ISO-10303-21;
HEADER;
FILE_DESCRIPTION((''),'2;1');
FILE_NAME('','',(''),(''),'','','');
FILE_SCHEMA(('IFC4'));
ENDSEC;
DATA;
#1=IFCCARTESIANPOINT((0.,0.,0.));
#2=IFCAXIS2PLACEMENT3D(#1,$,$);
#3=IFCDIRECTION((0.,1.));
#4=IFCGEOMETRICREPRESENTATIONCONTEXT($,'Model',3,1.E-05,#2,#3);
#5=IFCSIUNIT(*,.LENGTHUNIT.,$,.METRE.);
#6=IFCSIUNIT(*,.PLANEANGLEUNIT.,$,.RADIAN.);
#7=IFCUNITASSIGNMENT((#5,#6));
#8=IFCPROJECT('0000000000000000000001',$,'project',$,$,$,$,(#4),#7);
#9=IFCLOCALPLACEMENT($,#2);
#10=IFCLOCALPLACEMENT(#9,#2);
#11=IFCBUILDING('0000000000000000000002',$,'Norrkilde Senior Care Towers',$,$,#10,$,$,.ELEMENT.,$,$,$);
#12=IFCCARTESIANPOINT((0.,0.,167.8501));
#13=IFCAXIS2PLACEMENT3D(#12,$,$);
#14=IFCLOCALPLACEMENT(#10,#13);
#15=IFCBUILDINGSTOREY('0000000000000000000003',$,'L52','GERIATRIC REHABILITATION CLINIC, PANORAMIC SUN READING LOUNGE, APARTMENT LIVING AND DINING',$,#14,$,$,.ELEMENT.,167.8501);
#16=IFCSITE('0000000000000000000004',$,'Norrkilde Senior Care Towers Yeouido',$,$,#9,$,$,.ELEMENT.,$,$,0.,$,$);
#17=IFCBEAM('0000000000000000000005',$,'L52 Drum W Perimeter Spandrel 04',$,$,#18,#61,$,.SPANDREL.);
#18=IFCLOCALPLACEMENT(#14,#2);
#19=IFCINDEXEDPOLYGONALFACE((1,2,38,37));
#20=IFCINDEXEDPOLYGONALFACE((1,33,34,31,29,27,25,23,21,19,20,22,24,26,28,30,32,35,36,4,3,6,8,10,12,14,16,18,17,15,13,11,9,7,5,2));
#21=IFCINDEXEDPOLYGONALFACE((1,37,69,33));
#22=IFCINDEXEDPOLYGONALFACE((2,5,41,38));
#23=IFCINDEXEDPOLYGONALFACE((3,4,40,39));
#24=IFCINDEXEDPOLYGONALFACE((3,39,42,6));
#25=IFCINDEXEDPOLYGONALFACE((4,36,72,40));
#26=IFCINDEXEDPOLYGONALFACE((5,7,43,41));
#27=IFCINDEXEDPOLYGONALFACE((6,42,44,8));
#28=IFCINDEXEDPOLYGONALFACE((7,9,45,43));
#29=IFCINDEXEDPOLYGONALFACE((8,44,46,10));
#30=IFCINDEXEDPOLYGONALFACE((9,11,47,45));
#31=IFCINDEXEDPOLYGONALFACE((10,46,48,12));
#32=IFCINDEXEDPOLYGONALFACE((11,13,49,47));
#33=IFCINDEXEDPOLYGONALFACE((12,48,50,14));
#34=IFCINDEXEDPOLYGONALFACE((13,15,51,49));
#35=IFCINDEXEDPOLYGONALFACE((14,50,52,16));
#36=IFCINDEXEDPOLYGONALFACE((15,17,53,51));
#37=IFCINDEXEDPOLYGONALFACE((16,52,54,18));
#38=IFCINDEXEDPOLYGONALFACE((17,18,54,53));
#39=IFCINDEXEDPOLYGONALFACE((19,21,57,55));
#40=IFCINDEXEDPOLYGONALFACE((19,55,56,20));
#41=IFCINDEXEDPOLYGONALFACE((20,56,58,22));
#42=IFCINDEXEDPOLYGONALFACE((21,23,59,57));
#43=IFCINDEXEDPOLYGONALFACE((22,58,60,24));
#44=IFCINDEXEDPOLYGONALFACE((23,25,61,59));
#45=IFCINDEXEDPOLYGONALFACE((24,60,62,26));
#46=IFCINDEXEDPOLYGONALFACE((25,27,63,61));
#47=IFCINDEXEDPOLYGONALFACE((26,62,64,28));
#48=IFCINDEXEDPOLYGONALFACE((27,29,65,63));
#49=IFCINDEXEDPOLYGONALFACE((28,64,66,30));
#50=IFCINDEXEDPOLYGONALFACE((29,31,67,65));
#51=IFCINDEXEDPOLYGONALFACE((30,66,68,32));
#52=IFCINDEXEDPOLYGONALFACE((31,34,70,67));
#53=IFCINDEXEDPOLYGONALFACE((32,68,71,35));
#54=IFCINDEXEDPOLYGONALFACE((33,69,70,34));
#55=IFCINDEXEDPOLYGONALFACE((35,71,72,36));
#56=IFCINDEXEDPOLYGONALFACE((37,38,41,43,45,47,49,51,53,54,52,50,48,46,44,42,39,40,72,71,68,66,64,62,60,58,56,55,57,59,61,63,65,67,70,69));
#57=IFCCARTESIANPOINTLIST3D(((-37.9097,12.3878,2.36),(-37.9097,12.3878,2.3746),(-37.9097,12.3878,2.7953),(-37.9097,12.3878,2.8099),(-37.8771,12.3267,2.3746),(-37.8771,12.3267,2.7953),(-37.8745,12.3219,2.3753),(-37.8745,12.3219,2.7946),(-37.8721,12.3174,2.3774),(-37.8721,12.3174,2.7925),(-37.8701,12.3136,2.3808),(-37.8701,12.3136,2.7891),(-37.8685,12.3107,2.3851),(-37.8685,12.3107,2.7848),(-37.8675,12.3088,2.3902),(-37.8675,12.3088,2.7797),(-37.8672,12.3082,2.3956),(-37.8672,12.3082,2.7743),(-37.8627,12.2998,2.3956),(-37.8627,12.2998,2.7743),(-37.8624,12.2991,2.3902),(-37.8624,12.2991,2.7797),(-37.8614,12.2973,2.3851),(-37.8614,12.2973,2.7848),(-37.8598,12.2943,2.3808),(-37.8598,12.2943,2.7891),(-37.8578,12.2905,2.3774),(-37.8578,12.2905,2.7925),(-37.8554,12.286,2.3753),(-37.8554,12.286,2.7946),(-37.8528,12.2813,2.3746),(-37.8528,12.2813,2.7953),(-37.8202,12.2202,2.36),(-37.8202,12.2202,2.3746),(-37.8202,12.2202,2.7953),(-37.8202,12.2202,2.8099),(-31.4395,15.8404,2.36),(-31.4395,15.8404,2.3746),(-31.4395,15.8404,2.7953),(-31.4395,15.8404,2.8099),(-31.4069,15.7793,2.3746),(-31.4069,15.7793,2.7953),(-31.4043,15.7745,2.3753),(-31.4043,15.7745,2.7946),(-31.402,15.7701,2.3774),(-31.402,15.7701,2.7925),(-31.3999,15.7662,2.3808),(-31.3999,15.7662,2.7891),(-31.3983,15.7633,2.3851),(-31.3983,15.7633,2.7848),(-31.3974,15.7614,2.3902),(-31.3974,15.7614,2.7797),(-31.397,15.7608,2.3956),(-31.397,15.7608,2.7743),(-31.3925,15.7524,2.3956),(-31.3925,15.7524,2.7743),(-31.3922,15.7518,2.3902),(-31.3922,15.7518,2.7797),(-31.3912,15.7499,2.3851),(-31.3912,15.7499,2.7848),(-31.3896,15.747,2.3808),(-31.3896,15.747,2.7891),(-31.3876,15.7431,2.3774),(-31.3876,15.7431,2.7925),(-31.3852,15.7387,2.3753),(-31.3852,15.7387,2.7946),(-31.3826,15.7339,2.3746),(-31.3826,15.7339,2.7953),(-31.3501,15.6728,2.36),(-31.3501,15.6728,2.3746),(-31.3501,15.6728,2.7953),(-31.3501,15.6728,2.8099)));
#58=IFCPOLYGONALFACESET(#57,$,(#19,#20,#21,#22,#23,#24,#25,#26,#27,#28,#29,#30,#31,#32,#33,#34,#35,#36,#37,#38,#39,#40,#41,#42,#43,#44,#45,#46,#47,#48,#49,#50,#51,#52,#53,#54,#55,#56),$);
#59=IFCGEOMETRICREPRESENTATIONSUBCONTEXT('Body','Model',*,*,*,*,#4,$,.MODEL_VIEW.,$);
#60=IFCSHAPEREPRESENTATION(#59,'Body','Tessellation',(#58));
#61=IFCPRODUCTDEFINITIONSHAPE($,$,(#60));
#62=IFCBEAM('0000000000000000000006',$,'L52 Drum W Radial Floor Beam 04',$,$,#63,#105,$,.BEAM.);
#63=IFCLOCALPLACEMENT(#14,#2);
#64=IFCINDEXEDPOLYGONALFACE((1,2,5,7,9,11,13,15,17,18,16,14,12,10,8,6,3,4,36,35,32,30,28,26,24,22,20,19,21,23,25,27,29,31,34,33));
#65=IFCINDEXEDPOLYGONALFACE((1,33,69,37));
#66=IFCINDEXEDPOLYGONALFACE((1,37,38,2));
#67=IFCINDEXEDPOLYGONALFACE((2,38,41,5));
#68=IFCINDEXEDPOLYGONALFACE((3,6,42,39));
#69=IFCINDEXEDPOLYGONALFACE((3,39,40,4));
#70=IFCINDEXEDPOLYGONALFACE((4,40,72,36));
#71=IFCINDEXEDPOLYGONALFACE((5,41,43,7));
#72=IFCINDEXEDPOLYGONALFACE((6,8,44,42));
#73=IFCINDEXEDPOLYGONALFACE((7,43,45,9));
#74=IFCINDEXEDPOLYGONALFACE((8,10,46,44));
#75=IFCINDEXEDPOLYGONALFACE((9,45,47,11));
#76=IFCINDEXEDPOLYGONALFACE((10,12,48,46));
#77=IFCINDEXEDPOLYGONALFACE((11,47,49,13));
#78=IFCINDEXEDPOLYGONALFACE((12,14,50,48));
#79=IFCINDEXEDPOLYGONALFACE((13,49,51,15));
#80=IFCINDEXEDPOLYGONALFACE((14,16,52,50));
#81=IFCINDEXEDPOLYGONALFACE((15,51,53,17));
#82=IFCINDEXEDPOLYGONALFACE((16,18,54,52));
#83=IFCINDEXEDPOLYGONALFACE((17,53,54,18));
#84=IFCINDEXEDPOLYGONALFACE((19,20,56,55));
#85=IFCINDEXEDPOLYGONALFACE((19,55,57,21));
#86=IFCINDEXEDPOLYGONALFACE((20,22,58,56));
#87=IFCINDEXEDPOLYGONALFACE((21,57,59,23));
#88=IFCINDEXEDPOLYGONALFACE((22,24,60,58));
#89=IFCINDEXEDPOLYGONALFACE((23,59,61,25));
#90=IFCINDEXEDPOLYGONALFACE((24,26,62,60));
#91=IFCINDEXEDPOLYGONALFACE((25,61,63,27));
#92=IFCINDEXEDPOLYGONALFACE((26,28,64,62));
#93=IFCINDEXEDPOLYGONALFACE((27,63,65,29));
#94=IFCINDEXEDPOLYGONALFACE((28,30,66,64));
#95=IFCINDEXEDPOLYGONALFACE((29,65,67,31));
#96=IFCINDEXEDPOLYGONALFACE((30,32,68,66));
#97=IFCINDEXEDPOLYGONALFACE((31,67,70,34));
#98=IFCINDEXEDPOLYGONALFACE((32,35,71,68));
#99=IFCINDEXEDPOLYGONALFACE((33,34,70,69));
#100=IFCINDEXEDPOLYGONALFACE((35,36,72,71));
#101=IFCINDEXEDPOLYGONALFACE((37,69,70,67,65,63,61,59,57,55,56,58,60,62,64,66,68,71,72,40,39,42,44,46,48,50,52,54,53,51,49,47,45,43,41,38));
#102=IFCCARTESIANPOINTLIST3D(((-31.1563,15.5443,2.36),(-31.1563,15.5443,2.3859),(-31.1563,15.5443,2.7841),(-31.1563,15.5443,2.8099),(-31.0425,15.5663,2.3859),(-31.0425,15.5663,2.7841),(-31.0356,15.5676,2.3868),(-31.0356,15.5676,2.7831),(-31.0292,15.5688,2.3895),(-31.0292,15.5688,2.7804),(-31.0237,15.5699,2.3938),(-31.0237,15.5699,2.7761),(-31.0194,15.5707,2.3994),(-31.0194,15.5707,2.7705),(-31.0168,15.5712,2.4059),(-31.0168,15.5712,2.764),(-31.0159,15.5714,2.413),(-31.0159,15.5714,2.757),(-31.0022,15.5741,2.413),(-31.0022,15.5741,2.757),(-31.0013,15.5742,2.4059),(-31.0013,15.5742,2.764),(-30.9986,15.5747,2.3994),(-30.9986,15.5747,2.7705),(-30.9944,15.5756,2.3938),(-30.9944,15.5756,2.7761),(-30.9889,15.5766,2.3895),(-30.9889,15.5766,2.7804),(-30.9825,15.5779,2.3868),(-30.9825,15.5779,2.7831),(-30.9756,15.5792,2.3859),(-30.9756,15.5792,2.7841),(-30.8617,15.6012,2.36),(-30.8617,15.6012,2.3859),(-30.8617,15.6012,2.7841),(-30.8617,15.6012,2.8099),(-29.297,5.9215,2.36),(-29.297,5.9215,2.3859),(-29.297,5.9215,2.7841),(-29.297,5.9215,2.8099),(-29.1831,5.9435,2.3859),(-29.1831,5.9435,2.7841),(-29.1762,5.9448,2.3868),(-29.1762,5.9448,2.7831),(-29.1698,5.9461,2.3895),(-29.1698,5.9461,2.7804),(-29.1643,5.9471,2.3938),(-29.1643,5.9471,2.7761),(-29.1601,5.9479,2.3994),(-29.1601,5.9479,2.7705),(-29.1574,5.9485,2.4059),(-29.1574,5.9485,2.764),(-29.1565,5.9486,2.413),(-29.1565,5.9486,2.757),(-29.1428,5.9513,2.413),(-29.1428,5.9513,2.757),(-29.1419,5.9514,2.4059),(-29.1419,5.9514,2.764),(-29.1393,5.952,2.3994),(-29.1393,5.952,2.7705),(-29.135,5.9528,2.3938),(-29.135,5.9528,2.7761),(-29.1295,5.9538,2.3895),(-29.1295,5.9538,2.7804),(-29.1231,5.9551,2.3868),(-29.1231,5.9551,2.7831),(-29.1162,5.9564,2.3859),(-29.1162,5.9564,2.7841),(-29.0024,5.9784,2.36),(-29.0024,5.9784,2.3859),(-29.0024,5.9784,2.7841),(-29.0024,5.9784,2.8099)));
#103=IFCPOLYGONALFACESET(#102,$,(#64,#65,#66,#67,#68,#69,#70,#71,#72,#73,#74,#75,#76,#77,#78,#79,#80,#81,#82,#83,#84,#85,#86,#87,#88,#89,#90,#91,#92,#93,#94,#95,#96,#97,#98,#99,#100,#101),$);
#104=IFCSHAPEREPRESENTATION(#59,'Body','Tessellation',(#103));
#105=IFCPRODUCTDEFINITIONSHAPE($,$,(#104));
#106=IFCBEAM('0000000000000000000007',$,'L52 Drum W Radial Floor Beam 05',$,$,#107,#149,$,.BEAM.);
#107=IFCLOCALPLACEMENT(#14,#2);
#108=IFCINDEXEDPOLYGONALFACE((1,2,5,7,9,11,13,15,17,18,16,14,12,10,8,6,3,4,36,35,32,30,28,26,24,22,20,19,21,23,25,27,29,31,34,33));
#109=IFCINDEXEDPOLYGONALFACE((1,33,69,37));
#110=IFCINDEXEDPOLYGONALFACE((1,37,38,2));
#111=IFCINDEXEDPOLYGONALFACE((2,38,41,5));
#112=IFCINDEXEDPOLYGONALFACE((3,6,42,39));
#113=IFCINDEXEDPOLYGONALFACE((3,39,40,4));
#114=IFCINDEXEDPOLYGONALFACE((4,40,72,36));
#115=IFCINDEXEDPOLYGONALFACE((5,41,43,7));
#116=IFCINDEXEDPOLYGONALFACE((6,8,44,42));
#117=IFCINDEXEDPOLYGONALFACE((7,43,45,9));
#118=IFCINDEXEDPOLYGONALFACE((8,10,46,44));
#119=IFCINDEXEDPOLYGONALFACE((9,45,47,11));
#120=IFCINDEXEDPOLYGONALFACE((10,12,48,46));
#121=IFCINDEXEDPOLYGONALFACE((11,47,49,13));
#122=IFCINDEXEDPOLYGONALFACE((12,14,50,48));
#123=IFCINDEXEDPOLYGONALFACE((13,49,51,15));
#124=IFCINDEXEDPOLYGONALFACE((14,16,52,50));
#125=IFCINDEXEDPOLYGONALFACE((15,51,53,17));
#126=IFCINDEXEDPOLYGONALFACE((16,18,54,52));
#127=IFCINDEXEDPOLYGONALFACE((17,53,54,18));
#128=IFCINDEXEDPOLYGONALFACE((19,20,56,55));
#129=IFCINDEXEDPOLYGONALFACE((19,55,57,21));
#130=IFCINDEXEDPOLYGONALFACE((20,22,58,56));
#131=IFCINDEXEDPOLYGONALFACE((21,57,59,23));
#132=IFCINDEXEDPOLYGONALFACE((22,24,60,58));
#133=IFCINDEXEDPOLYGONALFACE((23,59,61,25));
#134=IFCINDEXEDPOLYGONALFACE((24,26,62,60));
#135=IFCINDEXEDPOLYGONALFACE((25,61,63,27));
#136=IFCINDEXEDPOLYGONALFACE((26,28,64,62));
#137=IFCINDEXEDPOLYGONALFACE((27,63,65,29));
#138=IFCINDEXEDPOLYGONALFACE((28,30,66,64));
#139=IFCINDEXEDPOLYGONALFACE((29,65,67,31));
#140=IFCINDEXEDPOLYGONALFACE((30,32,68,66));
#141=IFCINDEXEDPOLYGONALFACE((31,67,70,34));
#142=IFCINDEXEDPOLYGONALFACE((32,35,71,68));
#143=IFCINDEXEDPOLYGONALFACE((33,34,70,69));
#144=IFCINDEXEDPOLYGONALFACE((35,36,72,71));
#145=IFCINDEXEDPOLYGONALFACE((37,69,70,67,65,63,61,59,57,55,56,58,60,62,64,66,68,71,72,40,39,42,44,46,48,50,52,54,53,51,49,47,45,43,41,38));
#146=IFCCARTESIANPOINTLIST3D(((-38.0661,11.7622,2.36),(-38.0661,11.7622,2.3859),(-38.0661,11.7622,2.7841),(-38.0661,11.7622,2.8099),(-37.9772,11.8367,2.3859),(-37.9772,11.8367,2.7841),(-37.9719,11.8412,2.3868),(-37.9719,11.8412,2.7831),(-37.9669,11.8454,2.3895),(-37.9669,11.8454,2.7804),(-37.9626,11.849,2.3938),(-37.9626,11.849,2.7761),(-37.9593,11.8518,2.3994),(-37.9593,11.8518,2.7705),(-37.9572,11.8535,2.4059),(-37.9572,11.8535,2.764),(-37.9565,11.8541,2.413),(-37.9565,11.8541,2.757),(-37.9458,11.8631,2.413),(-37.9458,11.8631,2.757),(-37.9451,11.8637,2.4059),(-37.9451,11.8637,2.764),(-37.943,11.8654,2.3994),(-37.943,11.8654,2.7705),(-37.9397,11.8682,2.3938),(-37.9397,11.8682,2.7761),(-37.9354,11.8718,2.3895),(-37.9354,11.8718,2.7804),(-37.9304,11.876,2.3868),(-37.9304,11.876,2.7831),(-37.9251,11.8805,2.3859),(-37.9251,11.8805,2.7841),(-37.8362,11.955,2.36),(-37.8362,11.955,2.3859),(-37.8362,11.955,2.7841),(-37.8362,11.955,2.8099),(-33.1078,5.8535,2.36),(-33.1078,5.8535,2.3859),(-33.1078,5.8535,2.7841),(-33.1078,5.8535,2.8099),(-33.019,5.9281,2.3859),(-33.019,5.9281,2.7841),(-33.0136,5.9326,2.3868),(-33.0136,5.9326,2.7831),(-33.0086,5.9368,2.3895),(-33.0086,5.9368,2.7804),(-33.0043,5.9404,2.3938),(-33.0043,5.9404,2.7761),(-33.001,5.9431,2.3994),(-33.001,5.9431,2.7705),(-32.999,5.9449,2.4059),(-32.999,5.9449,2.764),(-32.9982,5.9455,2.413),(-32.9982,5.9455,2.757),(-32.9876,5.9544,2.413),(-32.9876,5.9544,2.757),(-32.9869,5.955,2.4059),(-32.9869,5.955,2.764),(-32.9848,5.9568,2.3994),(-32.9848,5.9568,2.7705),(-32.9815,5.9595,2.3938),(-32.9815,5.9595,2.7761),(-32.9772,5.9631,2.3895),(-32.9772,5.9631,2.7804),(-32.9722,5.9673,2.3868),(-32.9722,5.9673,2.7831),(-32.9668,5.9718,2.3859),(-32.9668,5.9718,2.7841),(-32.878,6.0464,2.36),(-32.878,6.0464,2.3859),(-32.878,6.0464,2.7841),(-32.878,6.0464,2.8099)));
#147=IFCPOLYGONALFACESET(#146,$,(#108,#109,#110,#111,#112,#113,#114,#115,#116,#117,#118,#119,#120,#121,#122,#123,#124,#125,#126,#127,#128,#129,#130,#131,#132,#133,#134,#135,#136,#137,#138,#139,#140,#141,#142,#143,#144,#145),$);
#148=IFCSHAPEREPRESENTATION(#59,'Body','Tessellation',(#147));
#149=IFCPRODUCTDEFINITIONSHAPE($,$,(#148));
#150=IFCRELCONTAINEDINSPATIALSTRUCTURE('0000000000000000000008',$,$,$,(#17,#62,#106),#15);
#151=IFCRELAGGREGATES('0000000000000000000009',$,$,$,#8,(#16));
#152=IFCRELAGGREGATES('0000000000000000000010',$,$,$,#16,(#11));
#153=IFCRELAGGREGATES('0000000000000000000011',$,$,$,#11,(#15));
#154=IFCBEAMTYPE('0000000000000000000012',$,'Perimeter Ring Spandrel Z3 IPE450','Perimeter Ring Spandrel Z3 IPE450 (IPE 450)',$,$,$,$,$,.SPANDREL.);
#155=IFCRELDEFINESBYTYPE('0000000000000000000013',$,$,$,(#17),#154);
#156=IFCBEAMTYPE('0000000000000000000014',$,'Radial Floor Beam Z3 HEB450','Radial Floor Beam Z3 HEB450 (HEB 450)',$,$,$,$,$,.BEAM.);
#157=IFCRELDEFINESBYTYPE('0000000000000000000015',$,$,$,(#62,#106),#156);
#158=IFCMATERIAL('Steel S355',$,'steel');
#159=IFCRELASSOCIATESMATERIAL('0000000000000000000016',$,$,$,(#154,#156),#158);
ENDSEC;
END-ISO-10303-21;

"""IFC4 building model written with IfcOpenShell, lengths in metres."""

from ifc_helpers import new_model, si_unit, direction, frame, origin, origin_2d, place, context, subcontext, project, spatial, i_section, extrude, source, transform, mapped, material, material_profile, profile_set, type_object, type_shapes, element, save


model = new_model("IFC4")

# Units and contexts
model_context = context("Model", 3, precision=1e-05, world=origin(), true_north=direction((0.0, 1.0)))
body_context = subcontext(model_context, "Body", "Model", "MODEL_VIEW")
ifc_project = project(units=[si_unit("LENGTHUNIT", "METRE"), si_unit("PLANEANGLEUNIT", "RADIAN")], contexts=[model_context])

# Site, building, storey
site_placement = place(None, origin())
site = spatial("IfcSite", under=ifc_project, at=site_placement, Name="Norrkilde Senior Care Towers Yeouido", CompositionType="ELEMENT", RefElevation=0.0)
building_placement = place(site_placement, origin())
building = spatial("IfcBuilding", under=site, at=building_placement, Name="Norrkilde Senior Care Towers", CompositionType="ELEMENT")
storey_placement = place(building_placement, frame((0.0, 0.0, 167.8501)))
storey = spatial("IfcBuildingStorey", under=building, at=storey_placement, Name="L52", Description="GERIATRIC REHABILITATION CLINIC, PANORAMIC SUN READING LOUNGE, APARTMENT LIVING AND DINING", CompositionType="ELEMENT", Elevation=167.8501)

# Beams
ifc_material_1 = material(Name="Steel S355", Category="steel")
ifc_material_profile_1 = material_profile(ifc_material_1, i_section(OverallWidth=0.1899, OverallDepth=0.45, WebThickness=0.0095, FlangeThickness=0.0146, FilletRadius=0.021, at=origin_2d()), Name="IPE 450")
ifc_profile_set_1 = profile_set([ifc_material_profile_1], Name="Steel S355")
beam_type_1 = type_object("IfcBeamType", Name="Perimeter Ring Spandrel Z3 IPE450", Description="Perimeter Ring Spandrel Z3 IPE450 (IPE 450)", PredefinedType="SPANDREL", material=ifc_profile_set_1)
shared_shape_1 = source(origin(), body_context, "Body", "SweptSolid", [
    extrude(i_section(OverallWidth=0.1899, OverallDepth=0.45, WebThickness=0.0095, FlangeThickness=0.0146, FilletRadius=0.021, at=origin_2d()), origin(), (0.0, 0.0, 1.0), 7.3337),
])
beam_1_placement = place(storey_placement, frame((-31.3948, 15.7566, 2.585), z_axis=(-0.882248, -0.470785, 0.0), x_axis=(0.470785, -0.882248, 0.0)))
element("IfcBeam", 1, at=beam_1_placement, inside=storey, type_object=beam_type_1, Name="L52 Drum W Perimeter Spandrel 04", PredefinedType="SPANDREL", context=body_context, shape_type="MappedRepresentation", body=[
    mapped(shared_shape_1, transform((0.0, 0.0, 0.0), x_axis=(1.0, 0.0, 0.0), y_axis=(0.0, 1.0, 0.0), z_axis=(0.0, 0.0, 1.0), scale=1.0)),
])
ifc_material_profile_2 = material_profile(ifc_material_1, i_section(OverallWidth=0.3, OverallDepth=0.45, WebThickness=0.0139, FlangeThickness=0.0259, FilletRadius=0.0271, at=origin_2d()), Name="HEB 450")
ifc_profile_set_2 = profile_set([ifc_material_profile_2], Name="Steel S355")
beam_type_2 = type_object("IfcBeamType", Name="Radial Floor Beam Z3 HEB450", Description="Radial Floor Beam Z3 HEB450 (HEB 450)", PredefinedType="BEAM", material=ifc_profile_set_2)
shared_shape_2 = source(origin(), body_context, "Body", "SweptSolid", [
    extrude(i_section(OverallWidth=0.3, OverallDepth=0.45, WebThickness=0.0139, FlangeThickness=0.0259, FilletRadius=0.0271, at=origin_2d()), origin(), (0.0, 0.0, 1.0), 9.8008),
])
beam_2_placement = place(storey_placement, frame((-29.1497, 5.95, 2.585), z_axis=(-0.189717, 0.981839, 0.0), x_axis=(-0.981839, -0.189717, 0.0)))
element("IfcBeam", 2, at=beam_2_placement, inside=storey, type_object=beam_type_2, Name="L52 Drum W Radial Floor Beam 04", PredefinedType="BEAM", context=body_context, shape_type="MappedRepresentation", body=[
    mapped(shared_shape_2, transform((0.0, 0.0, 0.0), x_axis=(1.0, 0.0, 0.0), y_axis=(0.0, 1.0, 0.0), z_axis=(0.0, 0.0, 1.0), scale=1.0)),
])
shared_shape_3 = source(origin(), body_context, "Body", "SweptSolid", [
    extrude(i_section(OverallWidth=0.3, OverallDepth=0.45, WebThickness=0.0139, FlangeThickness=0.0259, FilletRadius=0.0271, at=origin_2d()), origin(), (0.0, 0.0, 1.0), 7.7134),
])
type_shapes(beam_type_2, [shared_shape_2, shared_shape_3])
beam_3_placement = place(storey_placement, frame((-32.9929, 5.95, 2.585), z_axis=(-0.642808, 0.766027, 0.0), x_axis=(-0.766027, -0.642808, 0.0)))
element("IfcBeam", 3, at=beam_3_placement, inside=storey, type_object=beam_type_2, Name="L52 Drum W Radial Floor Beam 05", PredefinedType="BEAM", context=body_context, shape_type="MappedRepresentation", body=[
    mapped(shared_shape_3, transform((0.0, 0.0, 0.0), x_axis=(1.0, 0.0, 0.0), y_axis=(0.0, 1.0, 0.0), z_axis=(0.0, 0.0, 1.0), scale=1.0)),
])

save(model, "model.ifc")
